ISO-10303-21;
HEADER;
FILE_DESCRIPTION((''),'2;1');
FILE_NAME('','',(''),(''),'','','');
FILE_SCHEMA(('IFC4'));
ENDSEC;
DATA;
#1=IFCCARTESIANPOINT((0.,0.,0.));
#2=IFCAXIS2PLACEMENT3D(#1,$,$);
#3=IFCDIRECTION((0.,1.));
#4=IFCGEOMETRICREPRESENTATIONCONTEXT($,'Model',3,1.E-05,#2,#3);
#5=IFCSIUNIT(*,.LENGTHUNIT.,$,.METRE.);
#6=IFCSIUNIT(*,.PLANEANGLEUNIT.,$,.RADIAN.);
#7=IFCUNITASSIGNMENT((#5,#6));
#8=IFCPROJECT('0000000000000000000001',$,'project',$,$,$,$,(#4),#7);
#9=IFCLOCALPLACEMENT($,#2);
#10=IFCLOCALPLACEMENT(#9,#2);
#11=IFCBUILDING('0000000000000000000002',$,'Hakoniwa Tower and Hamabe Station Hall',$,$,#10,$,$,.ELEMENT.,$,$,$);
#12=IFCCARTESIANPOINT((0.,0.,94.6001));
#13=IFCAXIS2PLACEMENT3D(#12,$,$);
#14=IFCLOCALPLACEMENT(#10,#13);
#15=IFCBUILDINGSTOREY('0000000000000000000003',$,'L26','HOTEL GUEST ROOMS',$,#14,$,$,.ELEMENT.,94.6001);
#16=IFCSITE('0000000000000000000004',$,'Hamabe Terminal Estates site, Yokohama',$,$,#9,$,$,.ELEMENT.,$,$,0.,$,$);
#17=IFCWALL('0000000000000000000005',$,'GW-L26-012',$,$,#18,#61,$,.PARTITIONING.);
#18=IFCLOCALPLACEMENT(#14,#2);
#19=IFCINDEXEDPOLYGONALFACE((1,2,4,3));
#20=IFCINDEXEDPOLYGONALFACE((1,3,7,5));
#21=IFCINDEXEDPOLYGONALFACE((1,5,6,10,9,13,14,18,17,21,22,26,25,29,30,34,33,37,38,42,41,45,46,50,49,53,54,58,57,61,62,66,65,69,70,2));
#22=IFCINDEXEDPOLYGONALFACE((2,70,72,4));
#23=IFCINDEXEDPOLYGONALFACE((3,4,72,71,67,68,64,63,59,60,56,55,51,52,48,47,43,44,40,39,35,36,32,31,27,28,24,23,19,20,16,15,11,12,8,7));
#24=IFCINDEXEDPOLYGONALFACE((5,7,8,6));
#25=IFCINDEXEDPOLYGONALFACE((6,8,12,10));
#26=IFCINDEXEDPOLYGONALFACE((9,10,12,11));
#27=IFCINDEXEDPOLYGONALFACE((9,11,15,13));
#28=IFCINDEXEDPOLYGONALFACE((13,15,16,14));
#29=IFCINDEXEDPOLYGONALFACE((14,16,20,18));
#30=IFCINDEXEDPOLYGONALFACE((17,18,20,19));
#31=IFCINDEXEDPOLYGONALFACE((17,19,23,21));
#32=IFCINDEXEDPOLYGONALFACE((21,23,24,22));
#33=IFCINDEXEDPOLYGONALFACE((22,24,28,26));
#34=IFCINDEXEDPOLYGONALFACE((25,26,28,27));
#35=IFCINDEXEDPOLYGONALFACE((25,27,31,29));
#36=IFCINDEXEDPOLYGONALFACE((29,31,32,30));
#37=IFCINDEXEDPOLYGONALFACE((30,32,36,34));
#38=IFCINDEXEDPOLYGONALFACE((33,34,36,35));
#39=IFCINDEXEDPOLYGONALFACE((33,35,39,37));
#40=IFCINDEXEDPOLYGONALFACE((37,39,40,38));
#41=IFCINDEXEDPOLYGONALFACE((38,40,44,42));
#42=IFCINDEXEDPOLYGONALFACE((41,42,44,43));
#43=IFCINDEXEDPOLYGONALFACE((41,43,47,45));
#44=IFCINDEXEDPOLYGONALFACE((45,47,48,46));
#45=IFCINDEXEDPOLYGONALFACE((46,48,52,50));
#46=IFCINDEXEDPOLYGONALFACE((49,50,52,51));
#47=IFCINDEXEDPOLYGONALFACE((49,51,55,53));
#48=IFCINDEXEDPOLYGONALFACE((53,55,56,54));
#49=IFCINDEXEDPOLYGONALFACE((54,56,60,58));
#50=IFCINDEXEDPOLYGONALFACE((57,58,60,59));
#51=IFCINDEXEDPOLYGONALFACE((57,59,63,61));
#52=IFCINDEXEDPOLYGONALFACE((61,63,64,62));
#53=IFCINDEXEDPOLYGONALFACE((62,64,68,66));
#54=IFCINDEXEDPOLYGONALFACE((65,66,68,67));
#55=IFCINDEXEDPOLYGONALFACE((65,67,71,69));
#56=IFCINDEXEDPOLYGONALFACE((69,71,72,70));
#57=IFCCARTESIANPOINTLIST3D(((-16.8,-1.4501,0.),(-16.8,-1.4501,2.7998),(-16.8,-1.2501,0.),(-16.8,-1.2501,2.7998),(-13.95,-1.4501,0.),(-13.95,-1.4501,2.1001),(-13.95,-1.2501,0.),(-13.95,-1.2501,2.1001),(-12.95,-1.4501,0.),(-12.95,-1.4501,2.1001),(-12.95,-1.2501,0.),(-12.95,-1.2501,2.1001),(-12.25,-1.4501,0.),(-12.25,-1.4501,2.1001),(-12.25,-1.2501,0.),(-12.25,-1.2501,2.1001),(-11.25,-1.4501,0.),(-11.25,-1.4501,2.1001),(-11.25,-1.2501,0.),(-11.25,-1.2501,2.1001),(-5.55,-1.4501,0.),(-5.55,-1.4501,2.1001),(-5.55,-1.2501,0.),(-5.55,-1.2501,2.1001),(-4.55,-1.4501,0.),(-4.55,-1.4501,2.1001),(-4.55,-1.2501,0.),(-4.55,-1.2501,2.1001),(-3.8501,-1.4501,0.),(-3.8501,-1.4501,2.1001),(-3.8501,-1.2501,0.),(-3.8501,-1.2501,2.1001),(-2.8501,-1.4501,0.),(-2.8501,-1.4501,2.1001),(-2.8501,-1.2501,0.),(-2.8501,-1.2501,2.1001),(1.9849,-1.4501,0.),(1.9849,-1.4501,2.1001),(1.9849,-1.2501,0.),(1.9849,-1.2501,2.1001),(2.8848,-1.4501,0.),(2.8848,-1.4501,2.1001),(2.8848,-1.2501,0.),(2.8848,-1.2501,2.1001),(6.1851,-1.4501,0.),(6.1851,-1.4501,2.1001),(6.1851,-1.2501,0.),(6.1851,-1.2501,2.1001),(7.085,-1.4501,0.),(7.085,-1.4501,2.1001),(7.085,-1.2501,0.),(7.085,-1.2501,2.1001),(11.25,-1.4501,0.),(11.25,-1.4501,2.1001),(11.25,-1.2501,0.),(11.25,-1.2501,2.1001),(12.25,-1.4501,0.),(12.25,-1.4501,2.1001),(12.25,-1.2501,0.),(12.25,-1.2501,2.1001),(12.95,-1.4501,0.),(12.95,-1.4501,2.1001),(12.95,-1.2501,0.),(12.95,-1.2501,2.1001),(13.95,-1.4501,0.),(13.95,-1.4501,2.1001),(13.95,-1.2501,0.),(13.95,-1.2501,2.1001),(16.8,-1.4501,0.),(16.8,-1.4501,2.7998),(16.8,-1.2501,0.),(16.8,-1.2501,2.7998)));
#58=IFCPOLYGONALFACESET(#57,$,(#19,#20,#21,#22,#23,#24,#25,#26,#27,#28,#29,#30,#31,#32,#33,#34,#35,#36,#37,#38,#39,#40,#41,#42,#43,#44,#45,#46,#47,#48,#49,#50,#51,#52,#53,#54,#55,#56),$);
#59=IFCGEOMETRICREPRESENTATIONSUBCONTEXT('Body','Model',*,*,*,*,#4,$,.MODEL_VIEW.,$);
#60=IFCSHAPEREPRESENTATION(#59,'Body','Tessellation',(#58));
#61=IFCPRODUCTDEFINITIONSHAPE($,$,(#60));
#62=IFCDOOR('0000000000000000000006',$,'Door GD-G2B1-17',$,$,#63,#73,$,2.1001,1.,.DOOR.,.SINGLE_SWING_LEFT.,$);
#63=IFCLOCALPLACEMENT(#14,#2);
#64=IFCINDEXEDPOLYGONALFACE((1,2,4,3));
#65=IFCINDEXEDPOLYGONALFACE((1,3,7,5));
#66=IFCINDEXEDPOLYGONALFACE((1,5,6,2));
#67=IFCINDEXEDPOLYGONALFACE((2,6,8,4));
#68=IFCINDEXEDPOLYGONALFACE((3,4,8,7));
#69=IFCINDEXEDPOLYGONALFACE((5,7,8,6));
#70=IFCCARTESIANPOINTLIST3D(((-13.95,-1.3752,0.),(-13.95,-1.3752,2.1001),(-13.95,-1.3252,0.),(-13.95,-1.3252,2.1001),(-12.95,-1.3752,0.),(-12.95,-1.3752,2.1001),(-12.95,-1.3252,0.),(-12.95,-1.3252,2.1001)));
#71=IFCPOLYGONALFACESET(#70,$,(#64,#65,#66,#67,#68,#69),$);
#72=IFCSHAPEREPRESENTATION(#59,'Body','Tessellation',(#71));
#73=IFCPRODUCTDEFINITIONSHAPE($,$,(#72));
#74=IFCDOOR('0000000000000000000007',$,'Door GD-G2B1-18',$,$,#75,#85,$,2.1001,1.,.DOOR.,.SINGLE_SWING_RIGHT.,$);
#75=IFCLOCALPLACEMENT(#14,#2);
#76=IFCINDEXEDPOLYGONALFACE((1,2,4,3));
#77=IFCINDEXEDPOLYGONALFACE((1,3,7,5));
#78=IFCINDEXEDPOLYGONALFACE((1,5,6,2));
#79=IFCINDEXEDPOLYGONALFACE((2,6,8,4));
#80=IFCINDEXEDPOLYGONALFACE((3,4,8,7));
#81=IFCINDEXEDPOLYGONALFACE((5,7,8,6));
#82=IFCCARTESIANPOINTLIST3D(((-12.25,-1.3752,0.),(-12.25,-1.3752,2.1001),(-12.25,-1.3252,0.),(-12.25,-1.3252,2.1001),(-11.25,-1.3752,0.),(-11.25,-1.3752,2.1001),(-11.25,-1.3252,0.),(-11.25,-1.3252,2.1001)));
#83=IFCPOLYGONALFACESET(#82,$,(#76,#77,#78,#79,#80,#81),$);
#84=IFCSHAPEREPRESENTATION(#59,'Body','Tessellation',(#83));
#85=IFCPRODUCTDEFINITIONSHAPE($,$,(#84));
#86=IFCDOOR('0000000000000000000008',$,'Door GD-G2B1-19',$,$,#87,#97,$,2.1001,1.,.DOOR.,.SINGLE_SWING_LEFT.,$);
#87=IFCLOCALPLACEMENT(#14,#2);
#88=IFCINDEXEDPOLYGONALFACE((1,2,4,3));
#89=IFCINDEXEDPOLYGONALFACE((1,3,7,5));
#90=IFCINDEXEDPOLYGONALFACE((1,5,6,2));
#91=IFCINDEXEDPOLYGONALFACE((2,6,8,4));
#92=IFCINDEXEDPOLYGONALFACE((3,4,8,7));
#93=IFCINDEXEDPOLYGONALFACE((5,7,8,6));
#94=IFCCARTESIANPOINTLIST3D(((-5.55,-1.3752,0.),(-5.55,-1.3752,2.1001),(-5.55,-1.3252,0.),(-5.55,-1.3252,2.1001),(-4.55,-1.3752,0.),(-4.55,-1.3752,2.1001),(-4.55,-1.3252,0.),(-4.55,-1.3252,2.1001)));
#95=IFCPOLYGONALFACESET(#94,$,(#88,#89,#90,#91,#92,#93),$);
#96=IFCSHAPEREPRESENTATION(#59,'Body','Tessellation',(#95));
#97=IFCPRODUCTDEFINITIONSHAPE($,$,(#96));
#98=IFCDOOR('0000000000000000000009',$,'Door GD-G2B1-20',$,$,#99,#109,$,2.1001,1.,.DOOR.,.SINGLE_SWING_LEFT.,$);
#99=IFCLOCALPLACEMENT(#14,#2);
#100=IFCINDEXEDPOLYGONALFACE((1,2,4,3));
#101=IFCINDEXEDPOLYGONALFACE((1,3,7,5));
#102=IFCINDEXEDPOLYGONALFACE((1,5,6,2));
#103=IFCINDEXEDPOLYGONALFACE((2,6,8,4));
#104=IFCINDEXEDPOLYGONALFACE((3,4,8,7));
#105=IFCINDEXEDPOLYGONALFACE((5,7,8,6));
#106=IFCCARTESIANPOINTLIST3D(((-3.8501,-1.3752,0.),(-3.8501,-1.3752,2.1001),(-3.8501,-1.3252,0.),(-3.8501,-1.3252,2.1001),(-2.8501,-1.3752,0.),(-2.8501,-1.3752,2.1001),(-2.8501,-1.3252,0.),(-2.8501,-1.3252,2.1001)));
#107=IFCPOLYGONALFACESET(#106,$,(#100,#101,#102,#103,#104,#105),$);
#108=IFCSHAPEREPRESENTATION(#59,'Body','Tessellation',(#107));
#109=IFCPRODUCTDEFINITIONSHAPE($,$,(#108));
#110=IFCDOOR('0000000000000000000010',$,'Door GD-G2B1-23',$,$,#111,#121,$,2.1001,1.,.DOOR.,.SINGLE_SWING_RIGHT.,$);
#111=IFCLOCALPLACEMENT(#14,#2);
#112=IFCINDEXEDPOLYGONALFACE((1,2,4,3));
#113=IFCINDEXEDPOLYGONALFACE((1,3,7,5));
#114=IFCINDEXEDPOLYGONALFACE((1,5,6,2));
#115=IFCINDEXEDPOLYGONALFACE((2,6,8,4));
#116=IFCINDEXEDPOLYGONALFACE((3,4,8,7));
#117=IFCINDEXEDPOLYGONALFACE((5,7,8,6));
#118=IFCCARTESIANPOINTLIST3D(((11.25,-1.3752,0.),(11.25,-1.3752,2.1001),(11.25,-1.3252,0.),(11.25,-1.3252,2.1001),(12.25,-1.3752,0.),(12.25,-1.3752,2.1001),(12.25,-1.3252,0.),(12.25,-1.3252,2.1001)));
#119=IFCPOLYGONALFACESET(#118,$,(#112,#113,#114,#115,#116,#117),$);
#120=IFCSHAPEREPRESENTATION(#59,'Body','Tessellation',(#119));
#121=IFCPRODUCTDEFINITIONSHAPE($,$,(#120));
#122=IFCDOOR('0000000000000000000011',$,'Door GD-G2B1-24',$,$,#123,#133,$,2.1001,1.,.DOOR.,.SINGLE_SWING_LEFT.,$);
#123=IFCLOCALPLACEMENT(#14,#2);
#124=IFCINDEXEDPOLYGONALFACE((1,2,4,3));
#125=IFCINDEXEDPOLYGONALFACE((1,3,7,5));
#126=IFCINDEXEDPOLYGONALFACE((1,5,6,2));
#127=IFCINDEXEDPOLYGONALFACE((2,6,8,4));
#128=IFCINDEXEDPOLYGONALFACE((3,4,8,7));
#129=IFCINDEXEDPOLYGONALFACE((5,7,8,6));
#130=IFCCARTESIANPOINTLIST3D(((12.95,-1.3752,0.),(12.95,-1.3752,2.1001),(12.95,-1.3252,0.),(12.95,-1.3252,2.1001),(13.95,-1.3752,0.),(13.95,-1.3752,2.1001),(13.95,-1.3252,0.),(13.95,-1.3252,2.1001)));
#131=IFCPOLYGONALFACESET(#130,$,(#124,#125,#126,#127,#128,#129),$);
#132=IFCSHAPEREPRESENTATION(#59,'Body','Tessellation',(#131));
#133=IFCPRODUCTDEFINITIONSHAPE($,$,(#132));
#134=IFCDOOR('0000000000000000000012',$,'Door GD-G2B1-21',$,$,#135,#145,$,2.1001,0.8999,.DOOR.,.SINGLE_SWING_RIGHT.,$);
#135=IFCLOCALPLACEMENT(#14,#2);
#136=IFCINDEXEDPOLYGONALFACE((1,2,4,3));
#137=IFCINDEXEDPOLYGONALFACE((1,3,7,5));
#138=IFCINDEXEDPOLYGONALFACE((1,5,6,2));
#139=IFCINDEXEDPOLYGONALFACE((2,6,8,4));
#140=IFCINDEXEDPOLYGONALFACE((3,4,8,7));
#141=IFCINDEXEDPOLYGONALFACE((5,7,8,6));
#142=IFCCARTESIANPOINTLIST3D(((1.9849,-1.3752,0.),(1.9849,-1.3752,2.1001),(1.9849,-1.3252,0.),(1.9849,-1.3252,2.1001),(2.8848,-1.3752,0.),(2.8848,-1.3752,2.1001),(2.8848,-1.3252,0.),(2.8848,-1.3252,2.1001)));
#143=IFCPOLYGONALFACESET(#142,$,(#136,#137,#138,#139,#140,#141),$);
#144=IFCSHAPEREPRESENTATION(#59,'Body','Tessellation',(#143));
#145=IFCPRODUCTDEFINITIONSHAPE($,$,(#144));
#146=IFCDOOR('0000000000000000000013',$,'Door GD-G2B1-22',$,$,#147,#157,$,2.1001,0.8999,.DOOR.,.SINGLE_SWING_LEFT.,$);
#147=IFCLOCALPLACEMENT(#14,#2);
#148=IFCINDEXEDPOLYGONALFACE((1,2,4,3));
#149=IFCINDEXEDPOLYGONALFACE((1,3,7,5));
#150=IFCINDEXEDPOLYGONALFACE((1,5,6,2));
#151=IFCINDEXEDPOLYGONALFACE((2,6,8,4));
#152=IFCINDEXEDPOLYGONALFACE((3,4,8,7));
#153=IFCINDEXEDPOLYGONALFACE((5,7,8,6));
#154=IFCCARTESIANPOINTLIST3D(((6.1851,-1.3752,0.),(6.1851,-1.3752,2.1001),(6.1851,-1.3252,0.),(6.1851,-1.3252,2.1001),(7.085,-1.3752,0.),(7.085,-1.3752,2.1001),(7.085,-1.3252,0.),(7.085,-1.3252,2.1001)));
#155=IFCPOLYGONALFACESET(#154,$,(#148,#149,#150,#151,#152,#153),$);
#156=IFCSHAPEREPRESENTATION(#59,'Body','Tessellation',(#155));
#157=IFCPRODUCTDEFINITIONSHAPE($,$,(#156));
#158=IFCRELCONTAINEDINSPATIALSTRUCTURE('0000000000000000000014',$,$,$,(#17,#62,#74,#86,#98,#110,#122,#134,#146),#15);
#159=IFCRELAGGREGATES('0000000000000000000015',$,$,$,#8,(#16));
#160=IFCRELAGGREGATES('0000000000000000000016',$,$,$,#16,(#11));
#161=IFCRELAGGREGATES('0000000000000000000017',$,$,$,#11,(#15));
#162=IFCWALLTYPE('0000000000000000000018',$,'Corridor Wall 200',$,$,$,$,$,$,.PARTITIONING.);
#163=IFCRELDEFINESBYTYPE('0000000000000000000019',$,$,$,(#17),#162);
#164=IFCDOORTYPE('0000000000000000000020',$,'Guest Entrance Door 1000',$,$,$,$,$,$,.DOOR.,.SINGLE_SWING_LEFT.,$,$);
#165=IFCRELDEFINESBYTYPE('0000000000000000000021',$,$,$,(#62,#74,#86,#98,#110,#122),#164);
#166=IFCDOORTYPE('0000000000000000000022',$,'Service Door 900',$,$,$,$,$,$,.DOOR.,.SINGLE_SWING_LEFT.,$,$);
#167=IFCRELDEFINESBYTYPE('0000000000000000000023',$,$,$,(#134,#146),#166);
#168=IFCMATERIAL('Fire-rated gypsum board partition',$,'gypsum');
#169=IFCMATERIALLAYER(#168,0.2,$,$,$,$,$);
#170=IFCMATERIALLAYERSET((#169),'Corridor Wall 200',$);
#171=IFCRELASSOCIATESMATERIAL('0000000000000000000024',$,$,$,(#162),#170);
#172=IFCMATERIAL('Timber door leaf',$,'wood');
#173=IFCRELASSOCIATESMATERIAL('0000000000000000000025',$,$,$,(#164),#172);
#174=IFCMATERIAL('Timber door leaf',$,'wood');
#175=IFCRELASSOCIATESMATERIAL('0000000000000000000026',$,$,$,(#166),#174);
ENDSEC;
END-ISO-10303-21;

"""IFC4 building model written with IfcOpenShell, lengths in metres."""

from ifc_helpers import new_model, si_unit, direction, frame, frame_2d, origin, place, context, subcontext, project, spatial, rectangle, extrude, material, layer, layer_set, type_object, element, fill, save


model = new_model("IFC4")

# Units and contexts
model_context = context("Model", 3, precision=1e-05, world=origin(), true_north=direction((0.0, 1.0)))
body_context = subcontext(model_context, "Body", "Model", "MODEL_VIEW")
ifc_project = project(units=[si_unit("LENGTHUNIT", "METRE"), si_unit("PLANEANGLEUNIT", "RADIAN")], contexts=[model_context])

# Site, building, storey
site_placement = place(None, origin())
site = spatial("IfcSite", under=ifc_project, at=site_placement, Name="Hamabe Terminal Estates site, Yokohama", CompositionType="ELEMENT", RefElevation=0.0)
building_placement = place(site_placement, origin())
building = spatial("IfcBuilding", under=site, at=building_placement, Name="Hakoniwa Tower and Hamabe Station Hall", CompositionType="ELEMENT")
storey_placement = place(building_placement, frame((0.0, 0.0, 94.6001)))
storey = spatial("IfcBuildingStorey", under=building, at=storey_placement, Name="L26", Description="HOTEL GUEST ROOMS", CompositionType="ELEMENT", Elevation=94.6001)

# Wall, openings, doors
ifc_material_1 = material(Name="Fire-rated gypsum board partition", Category="gypsum")
ifc_layer_1 = layer(ifc_material_1, 0.2)
ifc_layer_set_1 = layer_set([ifc_layer_1], Name="Corridor Wall 200")
wall_type_1 = type_object("IfcWallType", Name="Corridor Wall 200", PredefinedType="PARTITIONING", material=ifc_layer_set_1)
wall_1_placement = place(storey_placement, frame((-16.8, -1.3501, 0.0), z_axis=(0.0, 0.0, 1.0), x_axis=(1.0, 0.0, 0.0)))
wall_1 = element("IfcWall", 1, at=wall_1_placement, inside=storey, type_object=wall_type_1, Name="GW-L26-012", PredefinedType="PARTITIONING", context=body_context, shape_type="SweptSolid", body=[
    extrude(rectangle(XDim=33.6001, YDim=0.2, at=frame_2d((16.8, 0.0))), origin(), (0.0, 0.0, 1.0), 2.7998),
])
opening_1_placement = place(wall_1_placement, frame((2.8501, 0.0, 0.0)))
opening_1 = element("IfcOpeningElement", 2, at=opening_1_placement, cuts=wall_1, PredefinedType="OPENING", context=body_context, shape_type="SweptSolid", body=[
    extrude(rectangle(XDim=1.0, YDim=2.1001, at=frame_2d((0.5, 1.05))), frame((0.0, 0.1099, 0.0), z_axis=(0.0, -1.0, 0.0), x_axis=(1.0, 0.0, 0.0)), (0.0, 0.0, 1.0), 0.22),
])
opening_2_placement = place(wall_1_placement, frame((4.55, 0.0, 0.0)))
opening_2 = element("IfcOpeningElement", 3, at=opening_2_placement, cuts=wall_1, PredefinedType="OPENING", context=body_context, shape_type="SweptSolid", body=[
    extrude(rectangle(XDim=1.0, YDim=2.1001, at=frame_2d((0.5, 1.05))), frame((0.0, 0.1099, 0.0), z_axis=(0.0, -1.0, 0.0), x_axis=(1.0, 0.0, 0.0)), (0.0, 0.0, 1.0), 0.22),
])
opening_3_placement = place(wall_1_placement, frame((11.25, 0.0, 0.0)))
opening_3 = element("IfcOpeningElement", 4, at=opening_3_placement, cuts=wall_1, PredefinedType="OPENING", context=body_context, shape_type="SweptSolid", body=[
    extrude(rectangle(XDim=1.0, YDim=2.1001, at=frame_2d((0.5, 1.05))), frame((0.0, 0.1099, 0.0), z_axis=(0.0, -1.0, 0.0), x_axis=(1.0, 0.0, 0.0)), (0.0, 0.0, 1.0), 0.22),
])
opening_4_placement = place(wall_1_placement, frame((12.95, 0.0, 0.0)))
opening_4 = element("IfcOpeningElement", 5, at=opening_4_placement, cuts=wall_1, PredefinedType="OPENING", context=body_context, shape_type="SweptSolid", body=[
    extrude(rectangle(XDim=1.0, YDim=2.1001, at=frame_2d((0.5, 1.05))), frame((0.0, 0.1099, 0.0), z_axis=(0.0, -1.0, 0.0), x_axis=(1.0, 0.0, 0.0)), (0.0, 0.0, 1.0), 0.22),
])
opening_5_placement = place(wall_1_placement, frame((18.7849, 0.0, 0.0)))
opening_5 = element("IfcOpeningElement", 6, at=opening_5_placement, cuts=wall_1, PredefinedType="OPENING", context=body_context, shape_type="SweptSolid", body=[
    extrude(rectangle(XDim=0.8999, YDim=2.1001, at=frame_2d((0.45, 1.05))), frame((0.0, 0.1099, 0.0), z_axis=(0.0, -1.0, 0.0), x_axis=(1.0, 0.0, 0.0)), (0.0, 0.0, 1.0), 0.22),
])
opening_6_placement = place(wall_1_placement, frame((22.9851, 0.0, 0.0)))
opening_6 = element("IfcOpeningElement", 7, at=opening_6_placement, cuts=wall_1, PredefinedType="OPENING", context=body_context, shape_type="SweptSolid", body=[
    extrude(rectangle(XDim=0.8999, YDim=2.1001, at=frame_2d((0.45, 1.05))), frame((0.0, 0.1099, 0.0), z_axis=(0.0, -1.0, 0.0), x_axis=(1.0, 0.0, 0.0)), (0.0, 0.0, 1.0), 0.22),
])
opening_7_placement = place(wall_1_placement, frame((28.05, 0.0, 0.0)))
opening_7 = element("IfcOpeningElement", 8, at=opening_7_placement, cuts=wall_1, PredefinedType="OPENING", context=body_context, shape_type="SweptSolid", body=[
    extrude(rectangle(XDim=1.0, YDim=2.1001, at=frame_2d((0.5, 1.05))), frame((0.0, 0.1099, 0.0), z_axis=(0.0, -1.0, 0.0), x_axis=(1.0, 0.0, 0.0)), (0.0, 0.0, 1.0), 0.22),
])
opening_8_placement = place(wall_1_placement, frame((29.75, 0.0, 0.0)))
opening_8 = element("IfcOpeningElement", 9, at=opening_8_placement, cuts=wall_1, PredefinedType="OPENING", context=body_context, shape_type="SweptSolid", body=[
    extrude(rectangle(XDim=1.0, YDim=2.1001, at=frame_2d((0.5, 1.05))), frame((0.0, 0.1099, 0.0), z_axis=(0.0, -1.0, 0.0), x_axis=(1.0, 0.0, 0.0)), (0.0, 0.0, 1.0), 0.22),
])
ifc_material_2 = material(Name="Timber door leaf", Category="wood")
door_type_1 = type_object("IfcDoorType", Name="Guest Entrance Door 1000", OperationType="SINGLE_SWING_LEFT", PredefinedType="DOOR", material=ifc_material_2)
door_1_placement = place(opening_1_placement, origin())
door_1 = element("IfcDoor", 10, at=door_1_placement, inside=storey, type_object=door_type_1, Name="Door GD-G2B1-17", OperationType="SINGLE_SWING_LEFT", OverallHeight=2.1001, OverallWidth=1.0, PredefinedType="DOOR", context=body_context, shape_type="SweptSolid", body=[
    extrude(rectangle(XDim=1.0, YDim=2.1001, at=frame_2d((0.5, 1.05))), frame((0.0, 0.0249, 0.0), z_axis=(0.0, -1.0, 0.0), x_axis=(1.0, 0.0, 0.0)), (0.0, 0.0, 1.0), 0.05),
])
fill(opening_1, door_1)
door_2_placement = place(opening_2_placement, origin())
door_2 = element("IfcDoor", 11, at=door_2_placement, inside=storey, type_object=door_type_1, Name="Door GD-G2B1-18", OperationType="SINGLE_SWING_RIGHT", OverallHeight=2.1001, OverallWidth=1.0, PredefinedType="DOOR", context=body_context, shape_type="SweptSolid", body=[
    extrude(rectangle(XDim=1.0, YDim=2.1001, at=frame_2d((0.5, 1.05))), frame((0.0, 0.0249, 0.0), z_axis=(0.0, -1.0, 0.0), x_axis=(1.0, 0.0, 0.0)), (0.0, 0.0, 1.0), 0.05),
])
fill(opening_2, door_2)
door_3_placement = place(opening_3_placement, origin())
door_3 = element("IfcDoor", 12, at=door_3_placement, inside=storey, type_object=door_type_1, Name="Door GD-G2B1-19", OperationType="SINGLE_SWING_LEFT", OverallHeight=2.1001, OverallWidth=1.0, PredefinedType="DOOR", context=body_context, shape_type="SweptSolid", body=[
    extrude(rectangle(XDim=1.0, YDim=2.1001, at=frame_2d((0.5, 1.05))), frame((0.0, 0.0249, 0.0), z_axis=(0.0, -1.0, 0.0), x_axis=(1.0, 0.0, 0.0)), (0.0, 0.0, 1.0), 0.05),
])
fill(opening_3, door_3)
door_4_placement = place(opening_4_placement, origin())
door_4 = element("IfcDoor", 13, at=door_4_placement, inside=storey, type_object=door_type_1, Name="Door GD-G2B1-20", OperationType="SINGLE_SWING_LEFT", OverallHeight=2.1001, OverallWidth=1.0, PredefinedType="DOOR", context=body_context, shape_type="SweptSolid", body=[
    extrude(rectangle(XDim=1.0, YDim=2.1001, at=frame_2d((0.5, 1.05))), frame((0.0, 0.0249, 0.0), z_axis=(0.0, -1.0, 0.0), x_axis=(1.0, 0.0, 0.0)), (0.0, 0.0, 1.0), 0.05),
])
fill(opening_4, door_4)
door_5_placement = place(opening_7_placement, origin())
door_5 = element("IfcDoor", 14, at=door_5_placement, inside=storey, type_object=door_type_1, Name="Door GD-G2B1-23", OperationType="SINGLE_SWING_RIGHT", OverallHeight=2.1001, OverallWidth=1.0, PredefinedType="DOOR", context=body_context, shape_type="SweptSolid", body=[
    extrude(rectangle(XDim=1.0, YDim=2.1001, at=frame_2d((0.5, 1.05))), frame((0.0, 0.0249, 0.0), z_axis=(0.0, -1.0, 0.0), x_axis=(1.0, 0.0, 0.0)), (0.0, 0.0, 1.0), 0.05),
])
fill(opening_7, door_5)
door_6_placement = place(opening_8_placement, origin())
door_6 = element("IfcDoor", 15, at=door_6_placement, inside=storey, type_object=door_type_1, Name="Door GD-G2B1-24", OperationType="SINGLE_SWING_LEFT", OverallHeight=2.1001, OverallWidth=1.0, PredefinedType="DOOR", context=body_context, shape_type="SweptSolid", body=[
    extrude(rectangle(XDim=1.0, YDim=2.1001, at=frame_2d((0.5, 1.05))), frame((0.0, 0.0249, 0.0), z_axis=(0.0, -1.0, 0.0), x_axis=(1.0, 0.0, 0.0)), (0.0, 0.0, 1.0), 0.05),
])
fill(opening_8, door_6)
ifc_material_3 = material(Name="Timber door leaf", Category="wood")
door_type_2 = type_object("IfcDoorType", Name="Service Door 900", OperationType="SINGLE_SWING_LEFT", PredefinedType="DOOR", material=ifc_material_3)
door_7_placement = place(opening_5_placement, origin())
door_7 = element("IfcDoor", 16, at=door_7_placement, inside=storey, type_object=door_type_2, Name="Door GD-G2B1-21", OperationType="SINGLE_SWING_RIGHT", OverallHeight=2.1001, OverallWidth=0.8999, PredefinedType="DOOR", context=body_context, shape_type="SweptSolid", body=[
    extrude(rectangle(XDim=0.8999, YDim=2.1001, at=frame_2d((0.45, 1.05))), frame((0.0, 0.0249, 0.0), z_axis=(0.0, -1.0, 0.0), x_axis=(1.0, 0.0, 0.0)), (0.0, 0.0, 1.0), 0.05),
])
fill(opening_5, door_7)
door_8_placement = place(opening_6_placement, origin())
door_8 = element("IfcDoor", 17, at=door_8_placement, inside=storey, type_object=door_type_2, Name="Door GD-G2B1-22", OperationType="SINGLE_SWING_LEFT", OverallHeight=2.1001, OverallWidth=0.8999, PredefinedType="DOOR", context=body_context, shape_type="SweptSolid", body=[
    extrude(rectangle(XDim=0.8999, YDim=2.1001, at=frame_2d((0.45, 1.05))), frame((0.0, 0.0249, 0.0), z_axis=(0.0, -1.0, 0.0), x_axis=(1.0, 0.0, 0.0)), (0.0, 0.0, 1.0), 0.05),
])
fill(opening_6, door_8)

save(model, "model.ifc")
